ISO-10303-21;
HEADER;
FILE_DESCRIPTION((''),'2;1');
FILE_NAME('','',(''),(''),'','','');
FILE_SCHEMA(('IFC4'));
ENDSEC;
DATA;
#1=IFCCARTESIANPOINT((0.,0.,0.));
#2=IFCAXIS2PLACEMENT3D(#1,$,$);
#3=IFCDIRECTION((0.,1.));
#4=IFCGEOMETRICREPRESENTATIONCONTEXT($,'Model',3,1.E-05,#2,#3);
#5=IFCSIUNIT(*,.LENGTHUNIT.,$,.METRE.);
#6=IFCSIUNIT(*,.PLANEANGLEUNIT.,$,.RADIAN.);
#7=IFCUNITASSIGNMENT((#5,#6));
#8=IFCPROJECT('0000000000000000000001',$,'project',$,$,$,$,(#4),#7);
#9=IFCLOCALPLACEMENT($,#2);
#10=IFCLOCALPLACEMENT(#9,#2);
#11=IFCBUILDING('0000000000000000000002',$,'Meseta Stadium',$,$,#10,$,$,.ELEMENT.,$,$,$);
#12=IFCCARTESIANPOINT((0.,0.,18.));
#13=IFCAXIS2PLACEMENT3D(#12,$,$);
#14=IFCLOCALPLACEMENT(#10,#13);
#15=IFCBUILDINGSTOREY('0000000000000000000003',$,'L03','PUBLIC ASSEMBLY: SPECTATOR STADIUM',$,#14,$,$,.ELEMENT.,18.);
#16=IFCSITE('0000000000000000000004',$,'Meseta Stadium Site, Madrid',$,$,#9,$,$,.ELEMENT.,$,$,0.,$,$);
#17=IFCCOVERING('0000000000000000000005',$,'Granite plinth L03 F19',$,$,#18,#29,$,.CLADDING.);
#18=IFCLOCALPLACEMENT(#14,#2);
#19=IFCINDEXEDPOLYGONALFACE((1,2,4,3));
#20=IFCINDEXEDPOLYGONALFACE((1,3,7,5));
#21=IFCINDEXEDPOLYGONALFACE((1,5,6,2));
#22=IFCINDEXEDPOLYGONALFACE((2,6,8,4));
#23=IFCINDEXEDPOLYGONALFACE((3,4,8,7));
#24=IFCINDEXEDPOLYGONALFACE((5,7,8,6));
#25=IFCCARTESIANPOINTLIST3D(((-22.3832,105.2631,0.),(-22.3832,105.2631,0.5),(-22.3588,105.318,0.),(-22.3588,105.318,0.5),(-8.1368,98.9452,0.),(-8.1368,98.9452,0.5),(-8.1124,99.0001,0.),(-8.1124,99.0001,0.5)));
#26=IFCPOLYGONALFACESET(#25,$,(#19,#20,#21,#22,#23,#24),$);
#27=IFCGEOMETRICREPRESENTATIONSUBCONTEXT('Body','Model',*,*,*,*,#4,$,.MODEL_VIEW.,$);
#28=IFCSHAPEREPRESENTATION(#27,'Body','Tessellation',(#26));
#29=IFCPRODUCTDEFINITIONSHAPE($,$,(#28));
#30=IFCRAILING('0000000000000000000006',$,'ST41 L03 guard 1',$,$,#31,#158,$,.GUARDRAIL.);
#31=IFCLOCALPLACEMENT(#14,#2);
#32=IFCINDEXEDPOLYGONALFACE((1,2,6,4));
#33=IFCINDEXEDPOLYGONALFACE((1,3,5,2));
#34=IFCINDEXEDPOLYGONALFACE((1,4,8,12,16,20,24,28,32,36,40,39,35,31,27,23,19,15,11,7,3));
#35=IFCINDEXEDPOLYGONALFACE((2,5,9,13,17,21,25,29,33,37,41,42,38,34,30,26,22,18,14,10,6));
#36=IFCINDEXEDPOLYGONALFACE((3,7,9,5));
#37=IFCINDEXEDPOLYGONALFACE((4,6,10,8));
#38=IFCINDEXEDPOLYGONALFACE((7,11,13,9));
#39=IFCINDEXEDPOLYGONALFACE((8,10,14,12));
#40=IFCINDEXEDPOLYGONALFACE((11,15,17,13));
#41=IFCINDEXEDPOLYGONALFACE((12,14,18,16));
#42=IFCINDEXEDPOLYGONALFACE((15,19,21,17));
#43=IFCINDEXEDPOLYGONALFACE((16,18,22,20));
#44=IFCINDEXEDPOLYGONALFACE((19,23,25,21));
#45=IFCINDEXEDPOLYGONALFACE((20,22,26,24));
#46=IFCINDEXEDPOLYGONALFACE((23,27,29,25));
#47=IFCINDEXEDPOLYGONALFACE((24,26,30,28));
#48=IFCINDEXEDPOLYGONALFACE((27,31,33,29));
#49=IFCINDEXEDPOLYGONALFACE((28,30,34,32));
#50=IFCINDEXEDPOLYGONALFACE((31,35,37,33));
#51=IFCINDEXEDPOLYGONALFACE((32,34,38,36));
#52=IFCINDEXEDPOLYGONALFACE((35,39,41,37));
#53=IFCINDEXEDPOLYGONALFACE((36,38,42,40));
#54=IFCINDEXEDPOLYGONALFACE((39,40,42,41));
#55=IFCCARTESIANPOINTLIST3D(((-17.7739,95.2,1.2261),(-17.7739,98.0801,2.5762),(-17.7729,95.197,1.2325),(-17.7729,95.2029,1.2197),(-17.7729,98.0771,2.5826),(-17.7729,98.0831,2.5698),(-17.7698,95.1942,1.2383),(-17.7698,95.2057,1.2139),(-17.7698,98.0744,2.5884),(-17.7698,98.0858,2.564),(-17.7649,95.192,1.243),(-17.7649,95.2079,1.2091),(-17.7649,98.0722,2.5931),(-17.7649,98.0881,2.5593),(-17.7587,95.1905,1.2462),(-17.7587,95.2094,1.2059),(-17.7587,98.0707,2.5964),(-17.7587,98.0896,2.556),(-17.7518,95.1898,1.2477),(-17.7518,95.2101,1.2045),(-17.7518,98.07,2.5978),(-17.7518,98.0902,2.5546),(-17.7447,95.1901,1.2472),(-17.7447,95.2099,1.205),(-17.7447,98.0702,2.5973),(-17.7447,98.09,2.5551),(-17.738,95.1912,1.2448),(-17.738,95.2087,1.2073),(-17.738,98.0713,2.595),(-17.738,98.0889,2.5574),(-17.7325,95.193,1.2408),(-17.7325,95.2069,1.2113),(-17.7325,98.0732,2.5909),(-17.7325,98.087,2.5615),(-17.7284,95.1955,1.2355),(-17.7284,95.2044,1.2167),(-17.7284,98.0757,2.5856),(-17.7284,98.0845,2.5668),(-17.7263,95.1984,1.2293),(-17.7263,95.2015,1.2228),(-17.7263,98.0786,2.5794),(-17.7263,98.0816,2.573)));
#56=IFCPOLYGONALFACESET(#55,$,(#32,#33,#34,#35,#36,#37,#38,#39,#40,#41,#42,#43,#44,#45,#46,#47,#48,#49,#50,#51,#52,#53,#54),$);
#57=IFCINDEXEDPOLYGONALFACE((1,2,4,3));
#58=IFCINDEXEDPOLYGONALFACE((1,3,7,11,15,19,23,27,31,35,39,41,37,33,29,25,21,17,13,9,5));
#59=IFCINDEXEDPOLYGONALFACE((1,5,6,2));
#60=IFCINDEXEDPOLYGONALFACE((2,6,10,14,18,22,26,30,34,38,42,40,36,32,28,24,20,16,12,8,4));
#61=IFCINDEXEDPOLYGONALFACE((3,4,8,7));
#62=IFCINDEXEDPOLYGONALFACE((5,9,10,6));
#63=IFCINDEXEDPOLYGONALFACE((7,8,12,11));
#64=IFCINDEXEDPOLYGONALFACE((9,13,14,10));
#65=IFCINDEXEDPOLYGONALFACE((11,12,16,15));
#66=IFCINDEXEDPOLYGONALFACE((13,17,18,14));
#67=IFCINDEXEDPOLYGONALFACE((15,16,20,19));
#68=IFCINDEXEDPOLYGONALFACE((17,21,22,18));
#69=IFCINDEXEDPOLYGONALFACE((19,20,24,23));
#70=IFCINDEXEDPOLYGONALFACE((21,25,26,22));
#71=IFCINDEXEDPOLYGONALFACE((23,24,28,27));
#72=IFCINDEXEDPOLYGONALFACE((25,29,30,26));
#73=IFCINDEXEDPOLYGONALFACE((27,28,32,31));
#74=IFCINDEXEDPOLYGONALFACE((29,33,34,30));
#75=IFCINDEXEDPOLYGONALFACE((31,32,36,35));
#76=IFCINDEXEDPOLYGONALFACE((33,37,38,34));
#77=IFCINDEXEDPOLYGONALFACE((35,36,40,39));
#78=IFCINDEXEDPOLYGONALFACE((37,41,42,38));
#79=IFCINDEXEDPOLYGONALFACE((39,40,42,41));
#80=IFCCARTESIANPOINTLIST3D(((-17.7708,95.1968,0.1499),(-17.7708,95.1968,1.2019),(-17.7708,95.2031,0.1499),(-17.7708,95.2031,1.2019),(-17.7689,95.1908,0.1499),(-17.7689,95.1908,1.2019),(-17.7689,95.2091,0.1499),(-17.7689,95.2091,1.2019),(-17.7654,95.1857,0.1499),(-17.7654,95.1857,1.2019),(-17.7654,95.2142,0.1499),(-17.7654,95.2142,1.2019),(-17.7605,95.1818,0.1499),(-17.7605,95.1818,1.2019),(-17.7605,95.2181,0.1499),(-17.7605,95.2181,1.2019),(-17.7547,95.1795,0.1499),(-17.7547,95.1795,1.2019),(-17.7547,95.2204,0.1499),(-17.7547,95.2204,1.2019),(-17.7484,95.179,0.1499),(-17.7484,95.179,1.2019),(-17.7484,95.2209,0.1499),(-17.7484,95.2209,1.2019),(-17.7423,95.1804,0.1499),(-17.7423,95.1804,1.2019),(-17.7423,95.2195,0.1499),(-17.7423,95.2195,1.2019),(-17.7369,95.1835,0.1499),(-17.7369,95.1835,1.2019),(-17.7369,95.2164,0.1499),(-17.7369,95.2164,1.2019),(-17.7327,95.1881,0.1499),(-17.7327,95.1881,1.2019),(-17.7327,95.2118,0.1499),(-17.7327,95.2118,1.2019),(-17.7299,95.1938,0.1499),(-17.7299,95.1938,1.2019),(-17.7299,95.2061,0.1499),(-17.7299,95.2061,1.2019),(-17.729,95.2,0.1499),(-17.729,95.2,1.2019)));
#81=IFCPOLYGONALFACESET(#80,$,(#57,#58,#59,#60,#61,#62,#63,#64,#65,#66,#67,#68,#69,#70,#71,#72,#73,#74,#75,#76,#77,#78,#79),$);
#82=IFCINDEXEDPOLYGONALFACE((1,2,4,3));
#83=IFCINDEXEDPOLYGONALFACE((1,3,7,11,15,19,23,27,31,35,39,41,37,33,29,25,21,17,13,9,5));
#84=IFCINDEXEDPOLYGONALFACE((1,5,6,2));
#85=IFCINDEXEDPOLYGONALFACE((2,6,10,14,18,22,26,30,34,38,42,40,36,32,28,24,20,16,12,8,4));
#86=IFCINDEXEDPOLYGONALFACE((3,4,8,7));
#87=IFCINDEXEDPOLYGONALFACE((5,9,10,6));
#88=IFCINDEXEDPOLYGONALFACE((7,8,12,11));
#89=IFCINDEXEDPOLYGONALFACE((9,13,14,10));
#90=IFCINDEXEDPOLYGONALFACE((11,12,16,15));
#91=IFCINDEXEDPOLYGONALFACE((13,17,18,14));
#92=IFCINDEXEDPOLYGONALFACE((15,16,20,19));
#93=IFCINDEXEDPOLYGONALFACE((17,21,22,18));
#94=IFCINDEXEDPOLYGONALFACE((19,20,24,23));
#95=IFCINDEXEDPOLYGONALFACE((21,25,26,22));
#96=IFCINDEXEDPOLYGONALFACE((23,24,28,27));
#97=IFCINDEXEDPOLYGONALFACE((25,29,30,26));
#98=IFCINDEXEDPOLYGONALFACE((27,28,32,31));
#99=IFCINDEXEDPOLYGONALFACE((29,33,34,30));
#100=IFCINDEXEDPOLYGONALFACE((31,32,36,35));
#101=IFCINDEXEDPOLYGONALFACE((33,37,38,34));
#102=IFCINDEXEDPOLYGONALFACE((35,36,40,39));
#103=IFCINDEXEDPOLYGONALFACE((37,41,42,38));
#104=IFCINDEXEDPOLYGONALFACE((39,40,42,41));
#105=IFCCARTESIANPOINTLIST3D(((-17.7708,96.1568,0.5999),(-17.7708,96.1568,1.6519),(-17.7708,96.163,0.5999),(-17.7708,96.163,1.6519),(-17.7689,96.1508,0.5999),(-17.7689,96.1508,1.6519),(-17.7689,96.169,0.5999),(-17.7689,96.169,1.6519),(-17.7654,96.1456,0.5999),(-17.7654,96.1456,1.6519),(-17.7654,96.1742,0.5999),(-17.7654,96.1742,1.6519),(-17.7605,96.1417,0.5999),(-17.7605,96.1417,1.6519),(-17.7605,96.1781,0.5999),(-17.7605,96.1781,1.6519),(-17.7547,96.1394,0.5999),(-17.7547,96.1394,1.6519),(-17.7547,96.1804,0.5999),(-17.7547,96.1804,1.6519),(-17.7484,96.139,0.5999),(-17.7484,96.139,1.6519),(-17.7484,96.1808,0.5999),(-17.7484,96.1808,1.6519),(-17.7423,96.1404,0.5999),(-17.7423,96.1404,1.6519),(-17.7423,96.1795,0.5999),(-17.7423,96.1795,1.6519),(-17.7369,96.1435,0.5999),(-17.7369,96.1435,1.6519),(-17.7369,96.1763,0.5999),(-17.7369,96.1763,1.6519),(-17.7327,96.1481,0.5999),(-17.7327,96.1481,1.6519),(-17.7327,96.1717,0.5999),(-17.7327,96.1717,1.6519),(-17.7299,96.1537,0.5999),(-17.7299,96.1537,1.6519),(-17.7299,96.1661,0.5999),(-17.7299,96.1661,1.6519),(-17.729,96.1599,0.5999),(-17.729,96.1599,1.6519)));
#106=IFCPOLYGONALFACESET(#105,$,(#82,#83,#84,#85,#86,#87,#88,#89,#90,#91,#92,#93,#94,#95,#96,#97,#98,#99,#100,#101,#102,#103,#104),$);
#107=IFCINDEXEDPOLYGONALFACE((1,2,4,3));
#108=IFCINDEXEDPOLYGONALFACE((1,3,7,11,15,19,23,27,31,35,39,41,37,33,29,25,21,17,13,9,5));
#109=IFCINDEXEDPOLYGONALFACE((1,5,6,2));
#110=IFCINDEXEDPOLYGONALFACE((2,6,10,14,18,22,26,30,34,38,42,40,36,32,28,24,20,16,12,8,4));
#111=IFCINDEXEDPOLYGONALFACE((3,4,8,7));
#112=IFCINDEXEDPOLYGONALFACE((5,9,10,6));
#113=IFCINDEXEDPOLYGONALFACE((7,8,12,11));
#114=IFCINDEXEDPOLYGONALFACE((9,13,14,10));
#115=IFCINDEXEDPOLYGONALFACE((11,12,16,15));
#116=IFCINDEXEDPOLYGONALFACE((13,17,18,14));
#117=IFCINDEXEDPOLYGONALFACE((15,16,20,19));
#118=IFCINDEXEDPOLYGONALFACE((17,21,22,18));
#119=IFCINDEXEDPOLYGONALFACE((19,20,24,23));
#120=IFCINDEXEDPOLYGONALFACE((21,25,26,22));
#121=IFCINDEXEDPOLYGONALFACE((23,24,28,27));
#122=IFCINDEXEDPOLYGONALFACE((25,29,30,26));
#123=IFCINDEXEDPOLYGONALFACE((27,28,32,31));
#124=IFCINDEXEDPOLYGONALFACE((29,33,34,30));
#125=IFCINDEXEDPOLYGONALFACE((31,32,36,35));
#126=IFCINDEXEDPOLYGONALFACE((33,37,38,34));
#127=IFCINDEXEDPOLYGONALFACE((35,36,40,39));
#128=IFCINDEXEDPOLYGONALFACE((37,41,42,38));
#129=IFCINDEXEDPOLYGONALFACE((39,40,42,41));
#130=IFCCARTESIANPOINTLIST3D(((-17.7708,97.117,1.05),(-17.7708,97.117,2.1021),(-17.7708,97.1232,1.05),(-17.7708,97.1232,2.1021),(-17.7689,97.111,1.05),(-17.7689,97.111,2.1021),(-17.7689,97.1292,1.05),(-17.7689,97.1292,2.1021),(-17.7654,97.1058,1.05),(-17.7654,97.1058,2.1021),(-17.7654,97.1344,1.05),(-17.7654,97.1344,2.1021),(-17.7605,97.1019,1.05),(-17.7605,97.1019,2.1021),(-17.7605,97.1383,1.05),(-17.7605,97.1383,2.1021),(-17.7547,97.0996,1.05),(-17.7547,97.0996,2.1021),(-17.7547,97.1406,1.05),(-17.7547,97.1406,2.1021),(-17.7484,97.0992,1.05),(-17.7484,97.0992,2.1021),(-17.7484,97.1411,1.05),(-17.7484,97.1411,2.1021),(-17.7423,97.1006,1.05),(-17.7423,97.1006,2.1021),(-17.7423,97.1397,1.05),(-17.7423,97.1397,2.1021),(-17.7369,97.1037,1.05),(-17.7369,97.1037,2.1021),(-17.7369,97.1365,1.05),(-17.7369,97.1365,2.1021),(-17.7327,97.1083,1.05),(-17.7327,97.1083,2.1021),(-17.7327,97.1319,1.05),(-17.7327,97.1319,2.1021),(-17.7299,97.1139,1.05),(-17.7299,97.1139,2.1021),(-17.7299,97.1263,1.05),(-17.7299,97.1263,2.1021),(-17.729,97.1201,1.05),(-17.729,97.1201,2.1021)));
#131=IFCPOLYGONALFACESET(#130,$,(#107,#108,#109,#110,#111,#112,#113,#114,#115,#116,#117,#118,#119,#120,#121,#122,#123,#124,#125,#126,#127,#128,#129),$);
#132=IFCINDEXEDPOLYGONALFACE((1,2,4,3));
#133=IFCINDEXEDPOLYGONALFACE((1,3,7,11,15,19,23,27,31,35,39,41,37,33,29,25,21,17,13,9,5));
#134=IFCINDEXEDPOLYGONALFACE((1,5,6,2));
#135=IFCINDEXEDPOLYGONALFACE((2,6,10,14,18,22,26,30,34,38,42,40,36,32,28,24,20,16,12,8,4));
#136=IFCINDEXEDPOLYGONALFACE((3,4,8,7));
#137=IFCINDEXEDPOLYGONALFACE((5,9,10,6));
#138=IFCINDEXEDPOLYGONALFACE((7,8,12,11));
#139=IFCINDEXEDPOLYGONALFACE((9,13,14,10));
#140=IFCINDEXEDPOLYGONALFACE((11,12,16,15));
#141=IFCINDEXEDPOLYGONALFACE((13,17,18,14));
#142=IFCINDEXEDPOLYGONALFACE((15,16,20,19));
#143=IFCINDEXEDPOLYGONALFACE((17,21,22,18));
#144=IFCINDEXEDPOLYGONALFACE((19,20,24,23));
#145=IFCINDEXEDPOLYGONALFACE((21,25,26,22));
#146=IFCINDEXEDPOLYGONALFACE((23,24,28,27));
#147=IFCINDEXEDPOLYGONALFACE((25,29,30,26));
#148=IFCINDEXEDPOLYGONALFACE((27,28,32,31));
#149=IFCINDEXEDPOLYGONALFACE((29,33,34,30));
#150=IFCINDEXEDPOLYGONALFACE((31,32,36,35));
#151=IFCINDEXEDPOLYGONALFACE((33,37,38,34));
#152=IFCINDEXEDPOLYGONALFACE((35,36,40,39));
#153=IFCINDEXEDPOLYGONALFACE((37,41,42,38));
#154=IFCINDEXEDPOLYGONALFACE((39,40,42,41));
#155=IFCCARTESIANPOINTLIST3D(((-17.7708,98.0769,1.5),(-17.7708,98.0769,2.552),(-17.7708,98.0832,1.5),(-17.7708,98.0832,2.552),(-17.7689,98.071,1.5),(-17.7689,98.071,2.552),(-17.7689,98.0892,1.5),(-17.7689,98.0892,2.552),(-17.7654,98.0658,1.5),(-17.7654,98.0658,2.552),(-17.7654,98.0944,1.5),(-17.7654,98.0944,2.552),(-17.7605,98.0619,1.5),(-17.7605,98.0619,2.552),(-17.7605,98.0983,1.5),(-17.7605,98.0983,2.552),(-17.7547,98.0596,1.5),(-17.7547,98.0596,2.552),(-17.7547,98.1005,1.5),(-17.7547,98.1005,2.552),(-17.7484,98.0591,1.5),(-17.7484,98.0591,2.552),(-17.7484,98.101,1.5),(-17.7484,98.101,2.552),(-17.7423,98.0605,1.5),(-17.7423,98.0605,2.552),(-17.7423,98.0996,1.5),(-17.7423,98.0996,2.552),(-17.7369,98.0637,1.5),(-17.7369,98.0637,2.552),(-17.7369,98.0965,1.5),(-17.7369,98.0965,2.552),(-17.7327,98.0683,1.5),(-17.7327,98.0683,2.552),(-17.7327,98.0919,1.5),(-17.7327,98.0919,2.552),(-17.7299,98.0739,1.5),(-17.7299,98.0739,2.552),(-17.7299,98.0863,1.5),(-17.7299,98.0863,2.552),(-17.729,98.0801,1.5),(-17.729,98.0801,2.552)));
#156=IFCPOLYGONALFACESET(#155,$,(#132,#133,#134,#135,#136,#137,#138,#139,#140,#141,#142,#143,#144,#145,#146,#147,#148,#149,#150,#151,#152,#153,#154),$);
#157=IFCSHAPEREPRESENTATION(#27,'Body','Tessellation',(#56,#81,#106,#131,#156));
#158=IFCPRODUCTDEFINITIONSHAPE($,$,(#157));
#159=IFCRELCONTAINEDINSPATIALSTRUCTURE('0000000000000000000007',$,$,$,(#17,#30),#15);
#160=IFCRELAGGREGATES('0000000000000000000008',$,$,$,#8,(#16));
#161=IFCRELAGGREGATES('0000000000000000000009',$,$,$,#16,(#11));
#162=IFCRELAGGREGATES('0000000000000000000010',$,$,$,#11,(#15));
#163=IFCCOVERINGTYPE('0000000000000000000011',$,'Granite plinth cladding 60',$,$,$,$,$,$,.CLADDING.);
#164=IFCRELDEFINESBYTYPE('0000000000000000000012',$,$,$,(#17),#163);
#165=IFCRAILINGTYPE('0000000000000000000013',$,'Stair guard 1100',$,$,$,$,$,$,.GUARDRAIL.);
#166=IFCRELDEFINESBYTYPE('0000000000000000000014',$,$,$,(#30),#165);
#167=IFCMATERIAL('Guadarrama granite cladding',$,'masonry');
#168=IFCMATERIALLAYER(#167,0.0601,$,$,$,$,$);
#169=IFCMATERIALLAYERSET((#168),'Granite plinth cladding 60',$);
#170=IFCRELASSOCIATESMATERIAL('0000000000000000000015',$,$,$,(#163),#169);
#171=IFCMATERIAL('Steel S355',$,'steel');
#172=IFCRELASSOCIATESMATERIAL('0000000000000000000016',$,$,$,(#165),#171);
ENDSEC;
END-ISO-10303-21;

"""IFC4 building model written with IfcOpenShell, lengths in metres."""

from ifc_helpers import new_model, si_unit, direction, frame, origin, origin_2d, place, context, subcontext, project, spatial, rectangle, circle, extrude, material, layer, layer_set, type_object, element, save


model = new_model("IFC4")

# Units and contexts
model_context = context("Model", 3, precision=1e-05, world=origin(), true_north=direction((0.0, 1.0)))
body_context = subcontext(model_context, "Body", "Model", "MODEL_VIEW")
ifc_project = project(units=[si_unit("LENGTHUNIT", "METRE"), si_unit("PLANEANGLEUNIT", "RADIAN")], contexts=[model_context])

# Site, building, storey
site_placement = place(None, origin())
site = spatial("IfcSite", under=ifc_project, at=site_placement, Name="Meseta Stadium Site, Madrid", CompositionType="ELEMENT", RefElevation=0.0)
building_placement = place(site_placement, origin())
building = spatial("IfcBuilding", under=site, at=building_placement, Name="Meseta Stadium", CompositionType="ELEMENT")
storey_placement = place(building_placement, frame((0.0, 0.0, 18.0)))
storey = spatial("IfcBuildingStorey", under=building, at=storey_placement, Name="L03", Description="PUBLIC ASSEMBLY: SPECTATOR STADIUM", CompositionType="ELEMENT", Elevation=18.0)

# Covering
ifc_material_1 = material(Name="Guadarrama granite cladding", Category="masonry")
ifc_layer_1 = layer(ifc_material_1, 0.0601)
ifc_layer_set_1 = layer_set([ifc_layer_1], Name="Granite plinth cladding 60")
covering_type_1 = type_object("IfcCoveringType", Name="Granite plinth cladding 60", PredefinedType="CLADDING", material=ifc_layer_set_1)
for number, where, z_axis, x_axis, name in (
    (1, (-15.2478, 102.1316, 0.0), (0.0, 0.0, 1.0), (0.914139, -0.4054, 0.0), "Granite plinth L03 F19"),
):
    element("IfcCovering", number, at=place(storey_placement, frame(where, z_axis=z_axis, x_axis=x_axis)), inside=storey, type_object=covering_type_1, Name=name, PredefinedType="CLADDING", context=body_context, shape_type="SweptSolid", body=[
        extrude(rectangle(XDim=15.5845, YDim=0.0601, at=origin_2d()), origin(), (0.0, 0.0, 1.0), 0.5),
    ])

# Railing
ifc_material_2 = material(Name="Steel S355", Category="steel")
railing_type_1 = type_object("IfcRailingType", Name="Stair guard 1100", PredefinedType="GUARDRAIL", material=ifc_material_2)
for number, where, name in (
    (2, (-17.75, 95.2, 0.1499), "ST41 L03 guard 1"),
):
    element("IfcRailing", number, at=place(storey_placement, frame(where)), inside=storey, type_object=railing_type_1, Name=name, PredefinedType="GUARDRAIL", context=body_context, shape_type="SweptSolid", body=[
        extrude(circle(Radius=0.0239, at=origin_2d()), frame((0.0, 0.0, 1.0762), z_axis=(0.0, 0.905454, 0.424444), x_axis=(-1.0, 0.0, 0.0)), (0.0, 0.0, 1.0), 3.1809),
        extrude(circle(Radius=0.021, at=origin_2d()), origin(), (0.0, 0.0, 1.0), 1.052),
        extrude(circle(Radius=0.021, at=origin_2d()), frame((0.0, 0.96, 0.45)), (0.0, 0.0, 1.0), 1.052),
        extrude(circle(Radius=0.021, at=origin_2d()), frame((0.0, 1.9202, 0.9001)), (0.0, 0.0, 1.0), 1.052),
        extrude(circle(Radius=0.021, at=origin_2d()), frame((0.0, 2.8801, 1.3501)), (0.0, 0.0, 1.0), 1.052),
    ])

save(model, "model.ifc")
